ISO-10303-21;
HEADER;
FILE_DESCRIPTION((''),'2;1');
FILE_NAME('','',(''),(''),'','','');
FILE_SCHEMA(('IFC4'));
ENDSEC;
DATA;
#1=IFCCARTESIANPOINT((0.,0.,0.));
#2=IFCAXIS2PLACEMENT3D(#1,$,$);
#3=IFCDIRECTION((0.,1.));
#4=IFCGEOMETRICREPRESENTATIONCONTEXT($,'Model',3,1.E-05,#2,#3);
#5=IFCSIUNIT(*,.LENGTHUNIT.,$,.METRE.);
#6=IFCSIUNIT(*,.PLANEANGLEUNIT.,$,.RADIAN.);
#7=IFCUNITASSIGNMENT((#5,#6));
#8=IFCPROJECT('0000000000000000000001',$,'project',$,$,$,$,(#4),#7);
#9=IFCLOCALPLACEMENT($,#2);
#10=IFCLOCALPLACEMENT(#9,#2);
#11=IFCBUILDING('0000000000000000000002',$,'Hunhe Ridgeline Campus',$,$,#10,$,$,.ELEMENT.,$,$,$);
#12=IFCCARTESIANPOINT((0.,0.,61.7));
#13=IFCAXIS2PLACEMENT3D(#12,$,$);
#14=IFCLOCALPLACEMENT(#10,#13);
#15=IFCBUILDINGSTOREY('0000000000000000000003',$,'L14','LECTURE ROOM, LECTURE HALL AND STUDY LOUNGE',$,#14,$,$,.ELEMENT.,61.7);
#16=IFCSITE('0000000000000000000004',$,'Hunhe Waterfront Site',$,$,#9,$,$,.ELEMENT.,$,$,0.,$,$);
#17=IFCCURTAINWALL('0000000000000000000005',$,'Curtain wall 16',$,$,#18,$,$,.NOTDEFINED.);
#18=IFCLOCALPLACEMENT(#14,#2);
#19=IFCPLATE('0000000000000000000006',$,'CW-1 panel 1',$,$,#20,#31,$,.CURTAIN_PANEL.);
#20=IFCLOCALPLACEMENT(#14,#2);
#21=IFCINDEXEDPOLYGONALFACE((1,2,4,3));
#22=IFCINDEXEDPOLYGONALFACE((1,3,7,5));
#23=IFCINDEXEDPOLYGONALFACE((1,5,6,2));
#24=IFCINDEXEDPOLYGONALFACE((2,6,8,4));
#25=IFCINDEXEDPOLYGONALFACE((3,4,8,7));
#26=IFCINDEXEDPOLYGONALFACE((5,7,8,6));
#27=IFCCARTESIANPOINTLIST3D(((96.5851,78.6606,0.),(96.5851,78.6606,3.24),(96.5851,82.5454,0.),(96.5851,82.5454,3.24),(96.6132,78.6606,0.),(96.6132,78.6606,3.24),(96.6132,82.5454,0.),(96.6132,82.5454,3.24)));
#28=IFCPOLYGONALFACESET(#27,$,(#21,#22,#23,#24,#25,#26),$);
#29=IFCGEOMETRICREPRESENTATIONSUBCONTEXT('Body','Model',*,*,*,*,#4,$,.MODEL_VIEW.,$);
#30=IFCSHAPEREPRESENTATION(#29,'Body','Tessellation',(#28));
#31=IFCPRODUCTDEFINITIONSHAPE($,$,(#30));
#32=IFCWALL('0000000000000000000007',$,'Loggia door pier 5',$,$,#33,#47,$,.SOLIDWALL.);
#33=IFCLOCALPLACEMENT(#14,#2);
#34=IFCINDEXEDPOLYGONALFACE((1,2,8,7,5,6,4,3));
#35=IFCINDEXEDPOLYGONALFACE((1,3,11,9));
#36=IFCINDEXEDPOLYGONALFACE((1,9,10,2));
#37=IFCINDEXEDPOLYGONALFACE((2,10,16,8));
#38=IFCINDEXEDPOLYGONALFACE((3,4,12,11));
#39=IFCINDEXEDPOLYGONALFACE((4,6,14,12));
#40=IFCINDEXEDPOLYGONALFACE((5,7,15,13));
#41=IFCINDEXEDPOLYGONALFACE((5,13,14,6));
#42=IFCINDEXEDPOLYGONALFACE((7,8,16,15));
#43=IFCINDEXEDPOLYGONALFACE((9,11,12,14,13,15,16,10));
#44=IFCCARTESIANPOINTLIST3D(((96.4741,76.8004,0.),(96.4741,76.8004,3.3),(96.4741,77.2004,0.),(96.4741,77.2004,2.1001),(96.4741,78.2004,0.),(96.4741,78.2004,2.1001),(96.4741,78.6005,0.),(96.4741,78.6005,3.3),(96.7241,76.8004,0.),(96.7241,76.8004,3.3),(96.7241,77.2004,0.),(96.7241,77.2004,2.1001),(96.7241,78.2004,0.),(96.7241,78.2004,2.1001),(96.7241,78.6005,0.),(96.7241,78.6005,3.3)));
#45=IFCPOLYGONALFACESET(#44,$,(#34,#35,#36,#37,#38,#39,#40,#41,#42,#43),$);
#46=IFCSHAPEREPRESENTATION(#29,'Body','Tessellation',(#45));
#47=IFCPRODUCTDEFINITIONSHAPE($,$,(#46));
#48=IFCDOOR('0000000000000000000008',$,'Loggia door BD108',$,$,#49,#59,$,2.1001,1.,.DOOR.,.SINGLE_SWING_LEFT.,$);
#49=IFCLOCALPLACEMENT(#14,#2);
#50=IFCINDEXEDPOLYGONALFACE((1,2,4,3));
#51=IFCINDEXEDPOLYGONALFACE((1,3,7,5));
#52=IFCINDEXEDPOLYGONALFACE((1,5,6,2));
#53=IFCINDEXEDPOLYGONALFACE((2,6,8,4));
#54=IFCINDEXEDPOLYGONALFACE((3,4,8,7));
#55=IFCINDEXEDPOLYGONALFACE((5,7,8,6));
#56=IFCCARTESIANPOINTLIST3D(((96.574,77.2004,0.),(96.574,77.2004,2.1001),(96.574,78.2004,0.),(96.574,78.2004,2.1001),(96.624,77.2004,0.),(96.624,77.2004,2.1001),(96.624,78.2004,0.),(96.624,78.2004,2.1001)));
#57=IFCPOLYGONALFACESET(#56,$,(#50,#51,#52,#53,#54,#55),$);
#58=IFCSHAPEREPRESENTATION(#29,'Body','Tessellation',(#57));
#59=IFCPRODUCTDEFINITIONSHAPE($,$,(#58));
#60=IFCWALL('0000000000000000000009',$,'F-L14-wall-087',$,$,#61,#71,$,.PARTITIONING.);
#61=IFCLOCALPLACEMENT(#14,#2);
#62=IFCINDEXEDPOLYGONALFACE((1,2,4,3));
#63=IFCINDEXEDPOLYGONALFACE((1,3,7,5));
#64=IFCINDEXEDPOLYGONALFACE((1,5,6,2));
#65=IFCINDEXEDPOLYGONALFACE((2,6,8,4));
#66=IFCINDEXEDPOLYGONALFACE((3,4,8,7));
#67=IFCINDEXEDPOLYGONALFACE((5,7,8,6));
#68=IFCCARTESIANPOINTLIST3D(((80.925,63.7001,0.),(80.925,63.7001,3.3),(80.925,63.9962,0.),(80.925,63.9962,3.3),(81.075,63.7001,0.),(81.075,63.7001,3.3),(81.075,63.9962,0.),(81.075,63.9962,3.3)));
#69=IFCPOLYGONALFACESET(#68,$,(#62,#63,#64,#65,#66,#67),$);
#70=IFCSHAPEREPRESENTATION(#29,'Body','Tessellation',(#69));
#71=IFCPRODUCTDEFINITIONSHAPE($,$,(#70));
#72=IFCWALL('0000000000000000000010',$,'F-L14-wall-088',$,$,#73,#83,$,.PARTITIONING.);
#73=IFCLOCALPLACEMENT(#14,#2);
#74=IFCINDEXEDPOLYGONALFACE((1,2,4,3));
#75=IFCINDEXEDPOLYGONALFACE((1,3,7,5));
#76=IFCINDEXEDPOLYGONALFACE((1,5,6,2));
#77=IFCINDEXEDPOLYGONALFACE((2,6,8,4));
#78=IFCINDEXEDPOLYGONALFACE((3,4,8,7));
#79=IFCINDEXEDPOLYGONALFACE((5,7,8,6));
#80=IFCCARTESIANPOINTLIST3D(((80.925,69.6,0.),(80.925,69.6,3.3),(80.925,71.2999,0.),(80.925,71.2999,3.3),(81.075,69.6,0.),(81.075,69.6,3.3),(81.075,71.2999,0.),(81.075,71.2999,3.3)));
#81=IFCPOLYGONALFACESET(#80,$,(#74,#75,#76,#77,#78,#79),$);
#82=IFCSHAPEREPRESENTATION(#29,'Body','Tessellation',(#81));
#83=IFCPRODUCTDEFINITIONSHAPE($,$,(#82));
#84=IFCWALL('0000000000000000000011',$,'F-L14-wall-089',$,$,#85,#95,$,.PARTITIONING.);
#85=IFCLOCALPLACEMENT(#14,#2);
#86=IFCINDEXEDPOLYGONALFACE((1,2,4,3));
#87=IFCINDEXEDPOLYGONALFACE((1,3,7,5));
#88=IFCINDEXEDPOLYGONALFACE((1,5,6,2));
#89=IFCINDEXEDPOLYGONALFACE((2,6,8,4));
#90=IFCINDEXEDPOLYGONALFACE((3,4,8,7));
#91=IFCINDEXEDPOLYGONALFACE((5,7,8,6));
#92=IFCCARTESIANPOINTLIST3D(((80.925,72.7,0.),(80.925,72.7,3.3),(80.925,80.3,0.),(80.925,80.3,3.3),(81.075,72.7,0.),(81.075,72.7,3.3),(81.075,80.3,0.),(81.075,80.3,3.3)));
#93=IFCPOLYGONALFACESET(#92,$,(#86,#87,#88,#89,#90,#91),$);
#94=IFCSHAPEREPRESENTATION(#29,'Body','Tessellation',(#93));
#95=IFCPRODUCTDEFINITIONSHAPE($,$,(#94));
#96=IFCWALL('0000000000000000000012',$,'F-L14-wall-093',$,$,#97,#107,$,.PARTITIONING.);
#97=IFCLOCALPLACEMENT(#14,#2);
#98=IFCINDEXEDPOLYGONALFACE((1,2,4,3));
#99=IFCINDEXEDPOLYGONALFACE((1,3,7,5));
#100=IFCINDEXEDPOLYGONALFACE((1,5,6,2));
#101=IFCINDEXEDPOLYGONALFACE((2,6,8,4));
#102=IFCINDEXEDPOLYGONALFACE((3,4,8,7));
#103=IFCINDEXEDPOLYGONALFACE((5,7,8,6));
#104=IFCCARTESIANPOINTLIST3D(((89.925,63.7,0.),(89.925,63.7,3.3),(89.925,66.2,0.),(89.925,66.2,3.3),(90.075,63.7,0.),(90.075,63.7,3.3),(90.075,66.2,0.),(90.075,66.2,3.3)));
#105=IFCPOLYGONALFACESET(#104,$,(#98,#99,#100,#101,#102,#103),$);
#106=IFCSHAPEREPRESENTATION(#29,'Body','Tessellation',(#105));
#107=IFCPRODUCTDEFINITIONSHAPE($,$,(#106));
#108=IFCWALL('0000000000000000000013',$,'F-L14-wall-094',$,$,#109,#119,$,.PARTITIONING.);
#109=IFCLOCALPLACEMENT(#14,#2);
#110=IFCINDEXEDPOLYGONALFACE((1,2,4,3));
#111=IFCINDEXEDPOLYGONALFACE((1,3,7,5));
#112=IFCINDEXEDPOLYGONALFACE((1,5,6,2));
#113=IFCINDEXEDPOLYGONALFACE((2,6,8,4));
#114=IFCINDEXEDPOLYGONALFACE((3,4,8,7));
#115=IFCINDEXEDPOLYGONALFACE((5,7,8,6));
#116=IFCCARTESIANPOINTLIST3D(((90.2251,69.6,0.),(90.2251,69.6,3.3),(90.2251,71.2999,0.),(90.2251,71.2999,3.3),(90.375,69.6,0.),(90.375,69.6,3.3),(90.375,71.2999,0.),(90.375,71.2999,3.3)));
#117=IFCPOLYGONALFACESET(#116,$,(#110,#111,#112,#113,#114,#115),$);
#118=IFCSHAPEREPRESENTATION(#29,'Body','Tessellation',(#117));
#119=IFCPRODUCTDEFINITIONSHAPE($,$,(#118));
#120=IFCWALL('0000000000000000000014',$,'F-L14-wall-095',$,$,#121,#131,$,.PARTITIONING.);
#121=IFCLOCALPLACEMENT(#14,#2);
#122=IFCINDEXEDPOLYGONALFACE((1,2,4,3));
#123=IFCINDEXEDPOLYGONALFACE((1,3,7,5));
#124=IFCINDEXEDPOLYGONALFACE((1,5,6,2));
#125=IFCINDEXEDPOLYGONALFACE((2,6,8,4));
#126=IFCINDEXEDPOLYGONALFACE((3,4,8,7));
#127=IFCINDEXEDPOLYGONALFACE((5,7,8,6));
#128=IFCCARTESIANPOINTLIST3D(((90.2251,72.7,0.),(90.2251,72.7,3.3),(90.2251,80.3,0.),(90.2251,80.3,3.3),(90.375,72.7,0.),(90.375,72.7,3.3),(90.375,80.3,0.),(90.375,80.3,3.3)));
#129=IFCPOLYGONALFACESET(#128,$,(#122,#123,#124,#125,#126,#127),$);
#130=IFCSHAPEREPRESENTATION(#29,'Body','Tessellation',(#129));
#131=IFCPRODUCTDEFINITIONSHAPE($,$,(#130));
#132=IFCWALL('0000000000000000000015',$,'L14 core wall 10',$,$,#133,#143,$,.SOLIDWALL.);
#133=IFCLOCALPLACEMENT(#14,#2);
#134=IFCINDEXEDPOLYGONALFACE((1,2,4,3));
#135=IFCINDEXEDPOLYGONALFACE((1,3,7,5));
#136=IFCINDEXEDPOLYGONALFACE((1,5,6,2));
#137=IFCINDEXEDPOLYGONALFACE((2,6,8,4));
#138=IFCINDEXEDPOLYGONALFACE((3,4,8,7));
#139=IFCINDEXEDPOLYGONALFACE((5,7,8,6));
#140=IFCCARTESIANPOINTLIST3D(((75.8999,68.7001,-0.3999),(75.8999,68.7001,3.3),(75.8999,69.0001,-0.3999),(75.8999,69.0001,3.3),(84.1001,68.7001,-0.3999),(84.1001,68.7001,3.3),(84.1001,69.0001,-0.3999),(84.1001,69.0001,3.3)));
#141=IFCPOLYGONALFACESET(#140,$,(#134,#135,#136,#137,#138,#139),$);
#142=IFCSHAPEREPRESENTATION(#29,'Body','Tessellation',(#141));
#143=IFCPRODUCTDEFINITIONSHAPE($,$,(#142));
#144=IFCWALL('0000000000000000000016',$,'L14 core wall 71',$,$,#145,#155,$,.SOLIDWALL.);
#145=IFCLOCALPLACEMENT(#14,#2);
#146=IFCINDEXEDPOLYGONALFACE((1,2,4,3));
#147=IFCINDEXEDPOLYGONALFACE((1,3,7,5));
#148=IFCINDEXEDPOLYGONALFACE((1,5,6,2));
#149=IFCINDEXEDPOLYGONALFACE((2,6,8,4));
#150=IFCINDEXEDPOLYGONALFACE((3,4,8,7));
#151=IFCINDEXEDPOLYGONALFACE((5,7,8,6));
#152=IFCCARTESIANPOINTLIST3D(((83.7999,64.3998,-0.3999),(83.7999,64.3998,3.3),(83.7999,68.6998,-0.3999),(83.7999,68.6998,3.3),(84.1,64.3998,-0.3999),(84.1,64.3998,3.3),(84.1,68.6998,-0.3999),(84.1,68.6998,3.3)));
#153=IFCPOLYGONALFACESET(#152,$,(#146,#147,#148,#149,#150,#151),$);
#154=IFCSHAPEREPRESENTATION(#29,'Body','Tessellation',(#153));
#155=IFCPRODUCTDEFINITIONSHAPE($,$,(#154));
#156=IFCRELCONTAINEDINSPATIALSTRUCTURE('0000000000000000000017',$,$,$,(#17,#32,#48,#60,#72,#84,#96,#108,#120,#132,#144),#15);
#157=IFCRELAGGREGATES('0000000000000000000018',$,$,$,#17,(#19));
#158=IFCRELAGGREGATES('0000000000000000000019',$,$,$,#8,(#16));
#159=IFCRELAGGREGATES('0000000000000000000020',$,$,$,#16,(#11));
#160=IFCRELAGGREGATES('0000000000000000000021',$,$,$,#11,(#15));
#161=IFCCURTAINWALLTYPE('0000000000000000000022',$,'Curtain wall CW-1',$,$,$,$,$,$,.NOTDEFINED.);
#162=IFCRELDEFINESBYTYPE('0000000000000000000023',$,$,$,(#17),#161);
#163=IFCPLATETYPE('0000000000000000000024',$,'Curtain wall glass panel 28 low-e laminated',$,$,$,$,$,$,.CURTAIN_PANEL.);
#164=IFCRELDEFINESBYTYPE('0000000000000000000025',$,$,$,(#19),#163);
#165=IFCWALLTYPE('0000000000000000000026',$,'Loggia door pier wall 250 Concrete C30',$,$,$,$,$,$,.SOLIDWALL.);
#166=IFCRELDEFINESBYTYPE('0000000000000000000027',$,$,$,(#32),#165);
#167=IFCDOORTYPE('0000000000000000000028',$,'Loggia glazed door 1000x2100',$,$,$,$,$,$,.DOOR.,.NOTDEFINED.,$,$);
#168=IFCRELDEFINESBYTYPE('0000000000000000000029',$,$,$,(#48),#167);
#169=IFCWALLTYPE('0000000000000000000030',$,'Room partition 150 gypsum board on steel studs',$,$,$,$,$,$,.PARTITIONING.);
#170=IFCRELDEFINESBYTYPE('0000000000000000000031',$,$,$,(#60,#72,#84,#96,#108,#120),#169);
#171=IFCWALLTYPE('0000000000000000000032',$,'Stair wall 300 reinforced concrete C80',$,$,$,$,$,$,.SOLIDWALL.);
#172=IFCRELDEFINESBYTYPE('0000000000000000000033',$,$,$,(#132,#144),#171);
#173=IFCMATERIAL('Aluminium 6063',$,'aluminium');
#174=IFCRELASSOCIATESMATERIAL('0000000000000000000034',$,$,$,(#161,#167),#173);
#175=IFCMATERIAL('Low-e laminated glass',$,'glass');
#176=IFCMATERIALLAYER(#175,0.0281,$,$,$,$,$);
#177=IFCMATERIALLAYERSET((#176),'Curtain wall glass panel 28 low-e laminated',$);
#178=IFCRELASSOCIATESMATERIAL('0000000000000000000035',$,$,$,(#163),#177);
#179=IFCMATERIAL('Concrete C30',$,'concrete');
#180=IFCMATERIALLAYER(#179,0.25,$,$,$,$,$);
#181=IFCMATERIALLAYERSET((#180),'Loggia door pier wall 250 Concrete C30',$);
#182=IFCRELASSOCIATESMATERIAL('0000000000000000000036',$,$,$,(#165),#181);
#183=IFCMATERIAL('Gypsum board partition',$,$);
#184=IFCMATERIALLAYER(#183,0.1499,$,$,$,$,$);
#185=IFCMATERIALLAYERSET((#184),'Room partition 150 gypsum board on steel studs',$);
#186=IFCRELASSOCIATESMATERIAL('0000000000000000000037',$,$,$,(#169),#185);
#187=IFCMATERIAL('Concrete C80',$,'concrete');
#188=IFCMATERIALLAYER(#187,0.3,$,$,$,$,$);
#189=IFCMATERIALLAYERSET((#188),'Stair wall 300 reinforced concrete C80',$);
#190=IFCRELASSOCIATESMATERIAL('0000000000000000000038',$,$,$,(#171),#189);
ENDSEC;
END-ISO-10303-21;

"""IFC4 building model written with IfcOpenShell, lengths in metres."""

from ifc_helpers import new_model, si_unit, direction, frame, frame_2d, origin, origin_2d, place, context, subcontext, project, spatial, rectangle, extrude, material, layer, layer_set, type_object, element, fill, aggregate, save


model = new_model("IFC4")

# Units and contexts
model_context = context("Model", 3, precision=1e-05, world=origin(), true_north=direction((0.0, 1.0)))
body_context = subcontext(model_context, "Body", "Model", "MODEL_VIEW")
ifc_project = project(units=[si_unit("LENGTHUNIT", "METRE"), si_unit("PLANEANGLEUNIT", "RADIAN")], contexts=[model_context])

# Site, building, storey
site_placement = place(None, origin())
site = spatial("IfcSite", under=ifc_project, at=site_placement, Name="Hunhe Waterfront Site", CompositionType="ELEMENT", RefElevation=0.0)
building_placement = place(site_placement, origin())
building = spatial("IfcBuilding", under=site, at=building_placement, Name="Hunhe Ridgeline Campus", CompositionType="ELEMENT")
storey_placement = place(building_placement, frame((0.0, 0.0, 61.7)))
storey = spatial("IfcBuildingStorey", under=building, at=storey_placement, Name="L14", Description="LECTURE ROOM, LECTURE HALL AND STUDY LOUNGE", CompositionType="ELEMENT", Elevation=61.7)

# Shared definitions
ifc_material_1 = material(Name="Concrete C80", Category="concrete")

# Curtain wall
ifc_material_2 = material(Name="Aluminium 6063", Category="aluminium")
curtain_wall_type = type_object("IfcCurtainWallType", Name="Curtain wall CW-1", PredefinedType="NOTDEFINED", material=ifc_material_2)
curtain_wall_1_placement = place(storey_placement, origin())
curtain_wall_1 = element("IfcCurtainWall", 1, at=curtain_wall_1_placement, inside=storey, type_object=curtain_wall_type, Name="Curtain wall 16", PredefinedType="NOTDEFINED")

# Plate
ifc_material_3 = material(Name="Low-e laminated glass", Category="glass")
ifc_layer_1 = layer(ifc_material_3, 0.0281)
ifc_layer_set_1 = layer_set([ifc_layer_1], Name="Curtain wall glass panel 28 low-e laminated")
plate_type = type_object("IfcPlateType", Name="Curtain wall glass panel 28 low-e laminated", PredefinedType="CURTAIN_PANEL", material=ifc_layer_set_1)
plate_1_placement = place(storey_placement, frame((96.5991, 80.603, 0.0), z_axis=(0.0, 0.0, 1.0), x_axis=(0.0, 1.0, 0.0)))
plate_1 = element("IfcPlate", 2, at=plate_1_placement, type_object=plate_type, Name="CW-1 panel 1", PredefinedType="CURTAIN_PANEL", context=body_context, shape_type="SweptSolid", body=[
    extrude(rectangle(XDim=3.8848, YDim=0.0281, at=origin_2d()), origin(), (0.0, 0.0, 1.0), 3.24),
])
aggregate(curtain_wall_1, [plate_1])

# Shared definitions
ifc_material_4 = material(Name="Gypsum board partition")

# Wall, opening, door
ifc_material_5 = material(Name="Concrete C30", Category="concrete")
ifc_layer_2 = layer(ifc_material_5, 0.25)
ifc_layer_set_2 = layer_set([ifc_layer_2], Name="Loggia door pier wall 250 Concrete C30")
wall_type_1 = type_object("IfcWallType", Name="Loggia door pier wall 250 Concrete C30", PredefinedType="SOLIDWALL", material=ifc_layer_set_2)
wall_1_placement = place(storey_placement, frame((96.5991, 76.8005, 0.0), z_axis=(0.0, 0.0, 1.0), x_axis=(0.0, 1.0, 0.0)))
wall_1 = element("IfcWall", 3, at=wall_1_placement, inside=storey, type_object=wall_type_1, Name="Loggia door pier 5", PredefinedType="SOLIDWALL", context=body_context, shape_type="SweptSolid", body=[
    extrude(rectangle(XDim=1.8, YDim=0.25, at=frame_2d((0.8999, 0.0))), origin(), (0.0, 0.0, 1.0), 3.3),
])
opening_1_placement = place(wall_1_placement, frame((0.3999, 0.0, 0.0)))
opening_1 = element("IfcOpeningElement", 4, at=opening_1_placement, cuts=wall_1, PredefinedType="OPENING", context=body_context, shape_type="SweptSolid", body=[
    extrude(rectangle(XDim=1.0, YDim=2.1001, at=frame_2d((0.5, 1.05))), frame((0.0, 0.125, 0.0), z_axis=(0.0, -1.0, 0.0), x_axis=(1.0, 0.0, 0.0)), (0.0, 0.0, 1.0), 0.25),
])
door_type_1 = type_object("IfcDoorType", Name="Loggia glazed door 1000x2100", OperationType="NOTDEFINED", PredefinedType="DOOR", material=ifc_material_2)
door_1_placement = place(opening_1_placement, frame((1.0, 0.0, 0.0), z_axis=(0.0, 0.0, 1.0), x_axis=(-1.0, 0.0, 0.0)))
door_1 = element("IfcDoor", 5, at=door_1_placement, inside=storey, type_object=door_type_1, Name="Loggia door BD108", OperationType="SINGLE_SWING_LEFT", OverallHeight=2.1001, OverallWidth=1.0, PredefinedType="DOOR", context=body_context, shape_type="SweptSolid", body=[
    extrude(rectangle(XDim=1.0, YDim=2.1001, at=frame_2d((0.5, 1.05))), frame((0.0, 0.0249, 0.0), z_axis=(0.0, -1.0, 0.0), x_axis=(1.0, 0.0, 0.0)), (0.0, 0.0, 1.0), 0.05),
])
fill(opening_1, door_1)

# Walls
ifc_layer_3 = layer(ifc_material_4, 0.1499)
ifc_layer_set_3 = layer_set([ifc_layer_3], Name="Room partition 150 gypsum board on steel studs")
wall_type_2 = type_object("IfcWallType", Name="Room partition 150 gypsum board on steel studs", PredefinedType="PARTITIONING", material=ifc_layer_set_3)
wall_2_placement = place(storey_placement, frame((81.0, 63.9961, 0.0), z_axis=(0.0, 0.0, 1.0), x_axis=(0.0, -1.0, 0.0)))
element("IfcWall", 6, at=wall_2_placement, inside=storey, type_object=wall_type_2, Name="F-L14-wall-087", PredefinedType="PARTITIONING", context=body_context, shape_type="SweptSolid", body=[
    extrude(rectangle(XDim=0.2961, YDim=0.1499, at=frame_2d((0.1479, 0.0))), origin(), (0.0, 0.0, 1.0), 3.3),
])
wall_3_placement = place(storey_placement, frame((81.0, 71.3, 0.0), z_axis=(0.0, 0.0, 1.0), x_axis=(0.0, -1.0, 0.0)))
element("IfcWall", 7, at=wall_3_placement, inside=storey, type_object=wall_type_2, Name="F-L14-wall-088", PredefinedType="PARTITIONING", context=body_context, shape_type="SweptSolid", body=[
    extrude(rectangle(XDim=1.7, YDim=0.1499, at=frame_2d((0.8501, 0.0))), origin(), (0.0, 0.0, 1.0), 3.3),
])
wall_4_placement = place(storey_placement, frame((81.0, 80.3, 0.0), z_axis=(0.0, 0.0, 1.0), x_axis=(0.0, -1.0, 0.0)))
element("IfcWall", 8, at=wall_4_placement, inside=storey, type_object=wall_type_2, Name="F-L14-wall-089", PredefinedType="PARTITIONING", context=body_context, shape_type="SweptSolid", body=[
    extrude(rectangle(XDim=7.6001, YDim=0.1499, at=frame_2d((3.8, 0.0))), origin(), (0.0, 0.0, 1.0), 3.3),
])
wall_5_placement = place(storey_placement, frame((90.0, 66.2, 0.0), z_axis=(0.0, 0.0, 1.0), x_axis=(0.0, -1.0, 0.0)))
element("IfcWall", 9, at=wall_5_placement, inside=storey, type_object=wall_type_2, Name="F-L14-wall-093", PredefinedType="PARTITIONING", context=body_context, shape_type="SweptSolid", body=[
    extrude(rectangle(XDim=2.5, YDim=0.1499, at=frame_2d((1.25, 0.0))), origin(), (0.0, 0.0, 1.0), 3.3),
])
wall_6_placement = place(storey_placement, frame((90.3, 71.3, 0.0), z_axis=(0.0, 0.0, 1.0), x_axis=(0.0, -1.0, 0.0)))
element("IfcWall", 10, at=wall_6_placement, inside=storey, type_object=wall_type_2, Name="F-L14-wall-094", PredefinedType="PARTITIONING", context=body_context, shape_type="SweptSolid", body=[
    extrude(rectangle(XDim=1.7, YDim=0.1499, at=frame_2d((0.8501, 0.0))), origin(), (0.0, 0.0, 1.0), 3.3),
])
wall_7_placement = place(storey_placement, frame((90.3, 80.3, 0.0), z_axis=(0.0, 0.0, 1.0), x_axis=(0.0, -1.0, 0.0)))
element("IfcWall", 11, at=wall_7_placement, inside=storey, type_object=wall_type_2, Name="F-L14-wall-095", PredefinedType="PARTITIONING", context=body_context, shape_type="SweptSolid", body=[
    extrude(rectangle(XDim=7.6001, YDim=0.1499, at=frame_2d((3.8, 0.0))), origin(), (0.0, 0.0, 1.0), 3.3),
])
ifc_layer_4 = layer(ifc_material_1, 0.3)
ifc_layer_set_4 = layer_set([ifc_layer_4], Name="Stair wall 300 reinforced concrete C80")
wall_type_3 = type_object("IfcWallType", Name="Stair wall 300 reinforced concrete C80", PredefinedType="SOLIDWALL", material=ifc_layer_set_4)
wall_8_placement = place(storey_placement, frame((75.8999, 68.8501, -0.3999), z_axis=(0.0, 0.0, 1.0), x_axis=(1.0, 0.0, 0.0)))
element("IfcWall", 12, at=wall_8_placement, inside=storey, type_object=wall_type_3, Name="L14 core wall 10", PredefinedType="SOLIDWALL", context=body_context, shape_type="SweptSolid", body=[
    extrude(rectangle(XDim=8.2002, YDim=0.3, at=frame_2d((4.1001, 0.0))), origin(), (0.0, 0.0, 1.0), 3.7),
])

# Wall
wall_9_placement = place(storey_placement, frame((83.95, 64.3999, -0.3999), z_axis=(0.0, 0.0, 1.0), x_axis=(0.0, 1.0, 0.0)))
element("IfcWall", 13, at=wall_9_placement, inside=storey, type_object=wall_type_3, Name="L14 core wall 71", PredefinedType="SOLIDWALL", context=body_context, shape_type="SweptSolid", body=[
    extrude(rectangle(XDim=4.3, YDim=0.3, at=frame_2d((2.1499, 0.0))), origin(), (0.0, 0.0, 1.0), 3.7),
])

save(model, "model.ifc")
